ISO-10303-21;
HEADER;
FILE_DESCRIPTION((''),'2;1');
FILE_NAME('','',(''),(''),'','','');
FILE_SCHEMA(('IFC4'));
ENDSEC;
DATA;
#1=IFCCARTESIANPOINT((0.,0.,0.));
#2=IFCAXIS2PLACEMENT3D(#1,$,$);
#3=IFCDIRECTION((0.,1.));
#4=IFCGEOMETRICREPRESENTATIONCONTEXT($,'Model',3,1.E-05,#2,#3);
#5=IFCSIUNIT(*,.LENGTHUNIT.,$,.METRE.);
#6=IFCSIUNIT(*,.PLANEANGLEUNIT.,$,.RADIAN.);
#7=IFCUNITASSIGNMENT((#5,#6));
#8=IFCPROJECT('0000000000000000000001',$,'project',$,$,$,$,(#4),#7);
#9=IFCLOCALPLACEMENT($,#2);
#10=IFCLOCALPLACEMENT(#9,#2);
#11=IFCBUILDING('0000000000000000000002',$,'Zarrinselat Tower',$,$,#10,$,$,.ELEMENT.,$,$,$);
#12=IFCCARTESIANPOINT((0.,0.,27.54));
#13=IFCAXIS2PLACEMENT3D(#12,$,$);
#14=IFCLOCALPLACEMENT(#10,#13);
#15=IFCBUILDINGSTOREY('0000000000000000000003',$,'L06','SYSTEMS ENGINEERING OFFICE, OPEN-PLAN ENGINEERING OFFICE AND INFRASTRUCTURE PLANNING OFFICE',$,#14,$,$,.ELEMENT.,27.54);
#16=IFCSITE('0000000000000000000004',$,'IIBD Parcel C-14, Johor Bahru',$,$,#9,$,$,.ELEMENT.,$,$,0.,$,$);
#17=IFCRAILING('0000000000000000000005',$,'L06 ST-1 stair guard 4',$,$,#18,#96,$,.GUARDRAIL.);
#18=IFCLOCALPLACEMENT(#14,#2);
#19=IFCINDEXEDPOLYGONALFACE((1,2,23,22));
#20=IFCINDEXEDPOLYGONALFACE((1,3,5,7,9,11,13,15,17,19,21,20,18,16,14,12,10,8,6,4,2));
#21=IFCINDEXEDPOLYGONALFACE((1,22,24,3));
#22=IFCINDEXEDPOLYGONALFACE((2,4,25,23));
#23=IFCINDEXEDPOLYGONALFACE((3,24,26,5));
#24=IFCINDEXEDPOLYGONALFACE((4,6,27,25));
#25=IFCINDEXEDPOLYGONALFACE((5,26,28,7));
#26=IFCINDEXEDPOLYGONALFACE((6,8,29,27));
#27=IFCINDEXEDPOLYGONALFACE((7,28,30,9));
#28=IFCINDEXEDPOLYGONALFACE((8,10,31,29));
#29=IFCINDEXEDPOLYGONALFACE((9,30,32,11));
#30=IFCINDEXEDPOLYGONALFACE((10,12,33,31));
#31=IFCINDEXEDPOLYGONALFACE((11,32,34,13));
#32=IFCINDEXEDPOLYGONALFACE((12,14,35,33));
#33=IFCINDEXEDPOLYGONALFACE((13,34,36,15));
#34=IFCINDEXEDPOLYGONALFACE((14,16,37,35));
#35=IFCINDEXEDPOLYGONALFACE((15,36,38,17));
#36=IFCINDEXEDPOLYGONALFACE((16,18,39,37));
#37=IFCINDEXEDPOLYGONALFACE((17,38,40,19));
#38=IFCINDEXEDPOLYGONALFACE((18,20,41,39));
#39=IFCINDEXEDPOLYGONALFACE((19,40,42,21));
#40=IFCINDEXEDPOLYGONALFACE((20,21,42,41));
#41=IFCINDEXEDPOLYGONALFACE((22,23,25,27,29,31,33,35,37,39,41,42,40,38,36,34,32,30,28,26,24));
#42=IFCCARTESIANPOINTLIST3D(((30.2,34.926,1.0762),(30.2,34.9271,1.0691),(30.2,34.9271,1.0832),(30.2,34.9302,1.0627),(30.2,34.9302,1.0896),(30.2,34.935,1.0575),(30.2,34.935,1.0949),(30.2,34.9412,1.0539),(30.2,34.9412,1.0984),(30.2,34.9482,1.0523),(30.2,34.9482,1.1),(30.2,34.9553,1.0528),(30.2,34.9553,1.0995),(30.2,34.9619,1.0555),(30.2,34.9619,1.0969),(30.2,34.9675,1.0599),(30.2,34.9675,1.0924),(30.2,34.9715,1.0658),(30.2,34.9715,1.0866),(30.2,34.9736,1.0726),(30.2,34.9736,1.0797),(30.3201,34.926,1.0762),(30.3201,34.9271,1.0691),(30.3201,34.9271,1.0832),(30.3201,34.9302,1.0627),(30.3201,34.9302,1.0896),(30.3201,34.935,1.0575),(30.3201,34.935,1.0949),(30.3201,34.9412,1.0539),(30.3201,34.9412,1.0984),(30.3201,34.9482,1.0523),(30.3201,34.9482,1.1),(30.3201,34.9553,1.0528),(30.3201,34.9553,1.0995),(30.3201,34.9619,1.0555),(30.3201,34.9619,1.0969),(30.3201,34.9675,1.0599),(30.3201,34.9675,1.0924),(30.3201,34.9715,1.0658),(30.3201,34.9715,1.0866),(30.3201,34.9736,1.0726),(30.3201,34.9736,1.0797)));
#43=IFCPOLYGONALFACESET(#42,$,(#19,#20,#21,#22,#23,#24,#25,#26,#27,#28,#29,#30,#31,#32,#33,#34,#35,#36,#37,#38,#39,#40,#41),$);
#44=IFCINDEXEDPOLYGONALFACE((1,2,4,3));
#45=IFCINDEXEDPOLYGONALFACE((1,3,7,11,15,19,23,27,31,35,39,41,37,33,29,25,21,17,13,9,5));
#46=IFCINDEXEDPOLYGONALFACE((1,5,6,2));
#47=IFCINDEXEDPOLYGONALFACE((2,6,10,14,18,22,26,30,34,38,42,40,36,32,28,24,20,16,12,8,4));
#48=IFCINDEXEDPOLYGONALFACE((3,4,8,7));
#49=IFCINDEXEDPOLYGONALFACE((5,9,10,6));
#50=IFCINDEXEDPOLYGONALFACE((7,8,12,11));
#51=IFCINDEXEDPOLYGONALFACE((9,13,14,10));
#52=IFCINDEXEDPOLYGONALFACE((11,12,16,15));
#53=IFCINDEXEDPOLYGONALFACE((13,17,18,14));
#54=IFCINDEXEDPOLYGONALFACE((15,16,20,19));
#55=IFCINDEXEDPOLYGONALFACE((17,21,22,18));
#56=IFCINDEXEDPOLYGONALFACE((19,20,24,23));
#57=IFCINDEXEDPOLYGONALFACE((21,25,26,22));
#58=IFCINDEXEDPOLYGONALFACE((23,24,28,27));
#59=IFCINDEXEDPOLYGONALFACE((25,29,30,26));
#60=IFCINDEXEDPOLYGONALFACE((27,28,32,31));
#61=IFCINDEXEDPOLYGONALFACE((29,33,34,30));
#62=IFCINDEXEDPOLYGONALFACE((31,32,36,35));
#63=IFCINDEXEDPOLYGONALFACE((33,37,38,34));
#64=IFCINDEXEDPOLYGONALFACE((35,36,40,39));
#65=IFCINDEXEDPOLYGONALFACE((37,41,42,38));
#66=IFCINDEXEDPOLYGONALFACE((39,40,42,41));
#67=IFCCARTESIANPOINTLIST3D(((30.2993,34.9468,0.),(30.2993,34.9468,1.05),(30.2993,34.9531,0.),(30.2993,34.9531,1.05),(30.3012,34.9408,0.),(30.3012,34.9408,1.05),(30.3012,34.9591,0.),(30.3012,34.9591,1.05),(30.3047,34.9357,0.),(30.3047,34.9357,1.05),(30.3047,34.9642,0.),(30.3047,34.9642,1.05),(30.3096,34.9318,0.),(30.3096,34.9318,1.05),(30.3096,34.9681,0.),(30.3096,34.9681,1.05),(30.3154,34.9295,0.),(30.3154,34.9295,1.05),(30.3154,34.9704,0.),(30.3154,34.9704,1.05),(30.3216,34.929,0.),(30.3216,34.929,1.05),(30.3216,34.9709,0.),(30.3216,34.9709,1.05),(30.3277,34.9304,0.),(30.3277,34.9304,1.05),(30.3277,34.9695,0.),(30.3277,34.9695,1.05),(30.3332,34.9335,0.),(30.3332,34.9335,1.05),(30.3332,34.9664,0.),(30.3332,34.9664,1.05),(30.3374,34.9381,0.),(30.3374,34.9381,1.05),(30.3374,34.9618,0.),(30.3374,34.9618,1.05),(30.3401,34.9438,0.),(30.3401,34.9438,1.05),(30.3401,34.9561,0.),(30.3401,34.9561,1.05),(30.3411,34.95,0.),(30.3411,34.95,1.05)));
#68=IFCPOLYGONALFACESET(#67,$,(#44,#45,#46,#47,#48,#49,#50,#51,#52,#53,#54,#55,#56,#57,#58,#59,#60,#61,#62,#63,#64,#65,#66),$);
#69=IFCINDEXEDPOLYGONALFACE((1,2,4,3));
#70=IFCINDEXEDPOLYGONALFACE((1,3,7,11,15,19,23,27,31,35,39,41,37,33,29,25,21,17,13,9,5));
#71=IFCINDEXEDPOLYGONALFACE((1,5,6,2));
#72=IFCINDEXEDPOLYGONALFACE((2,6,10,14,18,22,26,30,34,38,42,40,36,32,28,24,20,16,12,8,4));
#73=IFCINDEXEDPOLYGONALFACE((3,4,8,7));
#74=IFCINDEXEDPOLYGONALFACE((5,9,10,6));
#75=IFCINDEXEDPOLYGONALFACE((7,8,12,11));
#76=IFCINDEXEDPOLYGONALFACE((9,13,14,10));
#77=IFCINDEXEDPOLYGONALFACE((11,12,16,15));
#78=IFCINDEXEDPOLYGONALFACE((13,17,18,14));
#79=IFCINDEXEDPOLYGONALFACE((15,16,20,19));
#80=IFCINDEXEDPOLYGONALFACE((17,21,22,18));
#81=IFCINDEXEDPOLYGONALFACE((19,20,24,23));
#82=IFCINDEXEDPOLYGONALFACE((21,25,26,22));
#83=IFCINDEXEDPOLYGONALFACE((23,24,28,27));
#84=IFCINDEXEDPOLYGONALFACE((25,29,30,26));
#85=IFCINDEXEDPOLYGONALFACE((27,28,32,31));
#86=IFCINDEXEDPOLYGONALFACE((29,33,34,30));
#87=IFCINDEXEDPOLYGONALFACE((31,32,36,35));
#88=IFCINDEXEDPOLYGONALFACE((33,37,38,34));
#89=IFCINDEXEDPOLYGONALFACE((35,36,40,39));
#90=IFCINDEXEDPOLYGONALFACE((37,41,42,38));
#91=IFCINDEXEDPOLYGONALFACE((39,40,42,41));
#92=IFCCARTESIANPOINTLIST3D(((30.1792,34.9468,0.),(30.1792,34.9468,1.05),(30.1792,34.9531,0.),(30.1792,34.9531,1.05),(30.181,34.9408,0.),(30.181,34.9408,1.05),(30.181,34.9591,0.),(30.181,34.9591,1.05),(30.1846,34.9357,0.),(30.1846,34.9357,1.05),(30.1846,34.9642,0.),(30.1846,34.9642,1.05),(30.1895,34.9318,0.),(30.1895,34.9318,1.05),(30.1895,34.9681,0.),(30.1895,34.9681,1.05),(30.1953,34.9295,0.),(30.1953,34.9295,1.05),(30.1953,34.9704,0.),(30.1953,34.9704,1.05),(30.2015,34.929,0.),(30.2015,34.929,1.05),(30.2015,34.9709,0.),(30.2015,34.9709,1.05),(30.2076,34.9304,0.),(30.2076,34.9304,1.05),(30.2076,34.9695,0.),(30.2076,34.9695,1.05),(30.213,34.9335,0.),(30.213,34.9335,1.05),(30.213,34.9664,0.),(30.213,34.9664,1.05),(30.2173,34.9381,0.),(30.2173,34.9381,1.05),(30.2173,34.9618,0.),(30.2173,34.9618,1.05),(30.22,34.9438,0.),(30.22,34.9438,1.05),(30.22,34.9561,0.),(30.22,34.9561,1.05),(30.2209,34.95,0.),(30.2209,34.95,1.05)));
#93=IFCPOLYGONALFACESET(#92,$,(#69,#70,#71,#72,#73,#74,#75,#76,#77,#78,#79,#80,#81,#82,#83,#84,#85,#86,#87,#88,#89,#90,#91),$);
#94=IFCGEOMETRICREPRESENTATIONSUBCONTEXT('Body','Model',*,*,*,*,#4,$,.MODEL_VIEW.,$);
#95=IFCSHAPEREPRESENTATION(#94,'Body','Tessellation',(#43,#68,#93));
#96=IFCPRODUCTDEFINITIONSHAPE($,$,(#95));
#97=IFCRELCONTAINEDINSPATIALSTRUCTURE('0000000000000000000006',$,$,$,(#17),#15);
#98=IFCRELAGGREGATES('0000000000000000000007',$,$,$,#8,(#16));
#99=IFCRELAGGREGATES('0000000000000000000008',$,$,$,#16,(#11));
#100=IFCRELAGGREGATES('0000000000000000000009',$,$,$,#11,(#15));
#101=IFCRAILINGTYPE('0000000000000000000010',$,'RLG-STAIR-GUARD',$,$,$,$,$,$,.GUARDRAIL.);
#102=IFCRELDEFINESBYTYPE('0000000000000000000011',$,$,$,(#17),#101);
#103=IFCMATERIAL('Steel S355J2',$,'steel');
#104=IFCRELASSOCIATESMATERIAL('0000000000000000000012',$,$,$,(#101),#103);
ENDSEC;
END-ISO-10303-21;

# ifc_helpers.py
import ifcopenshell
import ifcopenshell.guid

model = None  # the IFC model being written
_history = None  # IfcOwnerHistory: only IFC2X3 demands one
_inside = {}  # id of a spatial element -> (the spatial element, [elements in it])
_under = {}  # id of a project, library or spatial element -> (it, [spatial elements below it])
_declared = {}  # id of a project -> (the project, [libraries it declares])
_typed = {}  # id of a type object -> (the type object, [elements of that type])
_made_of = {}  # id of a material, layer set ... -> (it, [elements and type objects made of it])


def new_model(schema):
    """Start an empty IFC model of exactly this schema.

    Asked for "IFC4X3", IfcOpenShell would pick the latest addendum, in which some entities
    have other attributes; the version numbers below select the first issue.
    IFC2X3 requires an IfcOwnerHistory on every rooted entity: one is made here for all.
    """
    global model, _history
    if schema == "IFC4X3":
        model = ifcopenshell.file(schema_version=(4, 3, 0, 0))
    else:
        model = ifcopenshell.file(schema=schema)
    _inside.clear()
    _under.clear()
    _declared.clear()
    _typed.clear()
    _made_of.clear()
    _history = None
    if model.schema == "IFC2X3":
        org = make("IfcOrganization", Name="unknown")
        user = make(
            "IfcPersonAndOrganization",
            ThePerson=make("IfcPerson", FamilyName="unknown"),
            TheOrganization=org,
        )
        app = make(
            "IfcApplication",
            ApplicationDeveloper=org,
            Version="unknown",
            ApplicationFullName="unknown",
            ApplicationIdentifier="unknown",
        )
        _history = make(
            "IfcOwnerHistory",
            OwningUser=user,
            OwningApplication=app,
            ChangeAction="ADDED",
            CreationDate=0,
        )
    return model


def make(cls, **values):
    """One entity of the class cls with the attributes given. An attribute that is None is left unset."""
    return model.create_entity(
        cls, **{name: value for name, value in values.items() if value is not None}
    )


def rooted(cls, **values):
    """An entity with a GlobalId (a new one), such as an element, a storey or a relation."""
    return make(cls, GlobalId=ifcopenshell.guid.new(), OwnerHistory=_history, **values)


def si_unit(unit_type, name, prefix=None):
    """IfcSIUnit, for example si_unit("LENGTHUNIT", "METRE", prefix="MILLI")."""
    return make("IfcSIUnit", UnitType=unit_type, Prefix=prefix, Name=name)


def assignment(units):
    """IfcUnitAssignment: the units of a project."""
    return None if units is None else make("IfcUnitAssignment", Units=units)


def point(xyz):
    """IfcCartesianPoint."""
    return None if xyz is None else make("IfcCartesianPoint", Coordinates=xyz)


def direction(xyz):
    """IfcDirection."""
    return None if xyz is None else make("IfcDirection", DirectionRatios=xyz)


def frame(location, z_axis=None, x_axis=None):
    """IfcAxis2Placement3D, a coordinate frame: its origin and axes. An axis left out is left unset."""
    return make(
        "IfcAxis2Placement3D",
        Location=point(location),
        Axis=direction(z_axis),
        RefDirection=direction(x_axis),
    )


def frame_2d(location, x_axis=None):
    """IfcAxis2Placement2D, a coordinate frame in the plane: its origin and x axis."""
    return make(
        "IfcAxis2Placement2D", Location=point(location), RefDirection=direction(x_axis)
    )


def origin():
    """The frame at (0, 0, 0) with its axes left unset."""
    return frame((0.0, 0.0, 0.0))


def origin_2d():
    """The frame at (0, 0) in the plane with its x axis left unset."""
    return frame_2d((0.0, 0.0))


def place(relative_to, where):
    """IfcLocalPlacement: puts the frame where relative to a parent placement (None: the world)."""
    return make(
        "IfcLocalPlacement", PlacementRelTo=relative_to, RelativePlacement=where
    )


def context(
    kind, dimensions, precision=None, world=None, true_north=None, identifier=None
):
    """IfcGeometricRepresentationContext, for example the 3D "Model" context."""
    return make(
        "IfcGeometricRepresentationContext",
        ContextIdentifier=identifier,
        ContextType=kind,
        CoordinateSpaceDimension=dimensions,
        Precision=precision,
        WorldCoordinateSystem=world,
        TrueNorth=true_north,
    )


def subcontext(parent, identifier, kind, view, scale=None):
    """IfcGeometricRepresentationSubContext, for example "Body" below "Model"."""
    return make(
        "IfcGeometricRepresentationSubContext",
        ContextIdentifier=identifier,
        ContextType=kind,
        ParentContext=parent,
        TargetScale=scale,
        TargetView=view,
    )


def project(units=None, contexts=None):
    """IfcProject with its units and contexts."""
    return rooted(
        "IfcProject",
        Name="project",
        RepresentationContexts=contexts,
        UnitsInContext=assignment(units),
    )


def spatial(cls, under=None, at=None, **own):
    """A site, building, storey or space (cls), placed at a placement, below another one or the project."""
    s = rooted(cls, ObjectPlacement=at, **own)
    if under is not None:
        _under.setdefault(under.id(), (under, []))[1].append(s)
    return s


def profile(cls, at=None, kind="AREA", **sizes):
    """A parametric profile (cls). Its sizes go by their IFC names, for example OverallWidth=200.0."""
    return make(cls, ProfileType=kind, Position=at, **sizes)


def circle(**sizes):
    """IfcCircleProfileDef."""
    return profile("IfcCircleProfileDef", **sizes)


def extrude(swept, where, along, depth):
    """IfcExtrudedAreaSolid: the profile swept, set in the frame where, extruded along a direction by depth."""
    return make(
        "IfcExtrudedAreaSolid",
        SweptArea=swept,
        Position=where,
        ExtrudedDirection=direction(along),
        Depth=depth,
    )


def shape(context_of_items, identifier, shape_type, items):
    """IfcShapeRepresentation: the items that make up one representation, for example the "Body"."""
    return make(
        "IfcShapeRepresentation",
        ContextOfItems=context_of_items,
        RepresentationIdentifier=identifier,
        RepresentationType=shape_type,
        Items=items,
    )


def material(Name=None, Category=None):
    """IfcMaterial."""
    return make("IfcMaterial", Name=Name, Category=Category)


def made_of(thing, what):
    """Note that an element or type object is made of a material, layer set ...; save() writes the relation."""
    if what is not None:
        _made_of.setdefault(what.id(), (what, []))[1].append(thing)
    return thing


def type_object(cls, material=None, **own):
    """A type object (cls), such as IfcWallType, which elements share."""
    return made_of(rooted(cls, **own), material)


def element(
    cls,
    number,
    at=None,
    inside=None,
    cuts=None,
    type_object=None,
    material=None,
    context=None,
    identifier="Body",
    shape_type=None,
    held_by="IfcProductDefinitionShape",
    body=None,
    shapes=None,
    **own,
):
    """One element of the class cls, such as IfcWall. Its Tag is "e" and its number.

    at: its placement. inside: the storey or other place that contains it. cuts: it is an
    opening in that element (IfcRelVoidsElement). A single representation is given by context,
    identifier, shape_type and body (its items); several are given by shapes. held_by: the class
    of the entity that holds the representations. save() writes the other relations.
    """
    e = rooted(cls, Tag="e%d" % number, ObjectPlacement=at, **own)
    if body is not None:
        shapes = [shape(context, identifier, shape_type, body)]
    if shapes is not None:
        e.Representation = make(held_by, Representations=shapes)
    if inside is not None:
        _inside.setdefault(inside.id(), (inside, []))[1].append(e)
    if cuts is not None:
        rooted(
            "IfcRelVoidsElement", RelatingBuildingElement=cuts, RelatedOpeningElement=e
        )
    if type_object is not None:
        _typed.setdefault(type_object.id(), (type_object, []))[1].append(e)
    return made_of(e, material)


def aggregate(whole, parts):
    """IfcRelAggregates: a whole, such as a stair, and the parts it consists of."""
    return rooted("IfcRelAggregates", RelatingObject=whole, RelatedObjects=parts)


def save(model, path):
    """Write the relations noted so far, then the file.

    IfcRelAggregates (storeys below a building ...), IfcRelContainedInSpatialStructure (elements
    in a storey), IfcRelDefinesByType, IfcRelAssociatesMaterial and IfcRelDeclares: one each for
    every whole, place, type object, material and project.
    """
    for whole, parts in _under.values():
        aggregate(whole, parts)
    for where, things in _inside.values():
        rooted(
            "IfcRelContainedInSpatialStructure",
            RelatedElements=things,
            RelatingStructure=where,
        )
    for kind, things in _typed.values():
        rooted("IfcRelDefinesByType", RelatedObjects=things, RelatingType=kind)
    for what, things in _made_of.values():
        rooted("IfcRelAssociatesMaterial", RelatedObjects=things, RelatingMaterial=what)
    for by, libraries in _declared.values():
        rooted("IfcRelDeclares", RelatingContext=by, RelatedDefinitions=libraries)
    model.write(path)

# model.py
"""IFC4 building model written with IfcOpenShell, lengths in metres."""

from ifc_helpers import new_model, si_unit, direction, frame, origin, origin_2d, place, context, subcontext, project, spatial, circle, extrude, material, type_object, element, save


model = new_model("IFC4")

# Units and contexts
model_context = context("Model", 3, precision=1e-05, world=origin(), true_north=direction((0.0, 1.0)))
body_context = subcontext(model_context, "Body", "Model", "MODEL_VIEW")
ifc_project = project(units=[si_unit("LENGTHUNIT", "METRE"), si_unit("PLANEANGLEUNIT", "RADIAN")], contexts=[model_context])

# Site, building, storey
site_placement = place(None, origin())
site = spatial("IfcSite", under=ifc_project, at=site_placement, Name="IIBD Parcel C-14, Johor Bahru", CompositionType="ELEMENT", RefElevation=0.0)
building_placement = place(site_placement, origin())
building = spatial("IfcBuilding", under=site, at=building_placement, Name="Zarrinselat Tower", CompositionType="ELEMENT")
storey_placement = place(building_placement, frame((0.0, 0.0, 27.54)))
storey = spatial("IfcBuildingStorey", under=building, at=storey_placement, Name="L06", Description="SYSTEMS ENGINEERING OFFICE, OPEN-PLAN ENGINEERING OFFICE AND INFRASTRUCTURE PLANNING OFFICE", CompositionType="ELEMENT", Elevation=27.54)

# Railing
ifc_material_1 = material(Name="Steel S355J2", Category="steel")
railing_type_1 = type_object("IfcRailingType", Name="RLG-STAIR-GUARD", PredefinedType="GUARDRAIL", material=ifc_material_1)
railing_1_placement = place(storey_placement, frame((30.3201, 34.95, 0.0)))
element("IfcRailing", 1, at=railing_1_placement, inside=storey, type_object=railing_type_1, Name="L06 ST-1 stair guard 4", PredefinedType="GUARDRAIL", context=body_context, shape_type="SweptSolid", body=[
    extrude(circle(Radius=0.0239, at=origin_2d()), frame((0.0, 0.0, 1.0762), z_axis=(-1.0, 0.0, 0.0), x_axis=(0.0, -1.0, 0.0)), (0.0, 0.0, 1.0), 0.1201),
    extrude(circle(Radius=0.021, at=origin_2d()), origin(), (0.0, 0.0, 1.0), 1.05),
    extrude(circle(Radius=0.021, at=origin_2d()), frame((-0.1201, 0.0, 0.0)), (0.0, 0.0, 1.0), 1.05),
])

save(model, "model.ifc")
